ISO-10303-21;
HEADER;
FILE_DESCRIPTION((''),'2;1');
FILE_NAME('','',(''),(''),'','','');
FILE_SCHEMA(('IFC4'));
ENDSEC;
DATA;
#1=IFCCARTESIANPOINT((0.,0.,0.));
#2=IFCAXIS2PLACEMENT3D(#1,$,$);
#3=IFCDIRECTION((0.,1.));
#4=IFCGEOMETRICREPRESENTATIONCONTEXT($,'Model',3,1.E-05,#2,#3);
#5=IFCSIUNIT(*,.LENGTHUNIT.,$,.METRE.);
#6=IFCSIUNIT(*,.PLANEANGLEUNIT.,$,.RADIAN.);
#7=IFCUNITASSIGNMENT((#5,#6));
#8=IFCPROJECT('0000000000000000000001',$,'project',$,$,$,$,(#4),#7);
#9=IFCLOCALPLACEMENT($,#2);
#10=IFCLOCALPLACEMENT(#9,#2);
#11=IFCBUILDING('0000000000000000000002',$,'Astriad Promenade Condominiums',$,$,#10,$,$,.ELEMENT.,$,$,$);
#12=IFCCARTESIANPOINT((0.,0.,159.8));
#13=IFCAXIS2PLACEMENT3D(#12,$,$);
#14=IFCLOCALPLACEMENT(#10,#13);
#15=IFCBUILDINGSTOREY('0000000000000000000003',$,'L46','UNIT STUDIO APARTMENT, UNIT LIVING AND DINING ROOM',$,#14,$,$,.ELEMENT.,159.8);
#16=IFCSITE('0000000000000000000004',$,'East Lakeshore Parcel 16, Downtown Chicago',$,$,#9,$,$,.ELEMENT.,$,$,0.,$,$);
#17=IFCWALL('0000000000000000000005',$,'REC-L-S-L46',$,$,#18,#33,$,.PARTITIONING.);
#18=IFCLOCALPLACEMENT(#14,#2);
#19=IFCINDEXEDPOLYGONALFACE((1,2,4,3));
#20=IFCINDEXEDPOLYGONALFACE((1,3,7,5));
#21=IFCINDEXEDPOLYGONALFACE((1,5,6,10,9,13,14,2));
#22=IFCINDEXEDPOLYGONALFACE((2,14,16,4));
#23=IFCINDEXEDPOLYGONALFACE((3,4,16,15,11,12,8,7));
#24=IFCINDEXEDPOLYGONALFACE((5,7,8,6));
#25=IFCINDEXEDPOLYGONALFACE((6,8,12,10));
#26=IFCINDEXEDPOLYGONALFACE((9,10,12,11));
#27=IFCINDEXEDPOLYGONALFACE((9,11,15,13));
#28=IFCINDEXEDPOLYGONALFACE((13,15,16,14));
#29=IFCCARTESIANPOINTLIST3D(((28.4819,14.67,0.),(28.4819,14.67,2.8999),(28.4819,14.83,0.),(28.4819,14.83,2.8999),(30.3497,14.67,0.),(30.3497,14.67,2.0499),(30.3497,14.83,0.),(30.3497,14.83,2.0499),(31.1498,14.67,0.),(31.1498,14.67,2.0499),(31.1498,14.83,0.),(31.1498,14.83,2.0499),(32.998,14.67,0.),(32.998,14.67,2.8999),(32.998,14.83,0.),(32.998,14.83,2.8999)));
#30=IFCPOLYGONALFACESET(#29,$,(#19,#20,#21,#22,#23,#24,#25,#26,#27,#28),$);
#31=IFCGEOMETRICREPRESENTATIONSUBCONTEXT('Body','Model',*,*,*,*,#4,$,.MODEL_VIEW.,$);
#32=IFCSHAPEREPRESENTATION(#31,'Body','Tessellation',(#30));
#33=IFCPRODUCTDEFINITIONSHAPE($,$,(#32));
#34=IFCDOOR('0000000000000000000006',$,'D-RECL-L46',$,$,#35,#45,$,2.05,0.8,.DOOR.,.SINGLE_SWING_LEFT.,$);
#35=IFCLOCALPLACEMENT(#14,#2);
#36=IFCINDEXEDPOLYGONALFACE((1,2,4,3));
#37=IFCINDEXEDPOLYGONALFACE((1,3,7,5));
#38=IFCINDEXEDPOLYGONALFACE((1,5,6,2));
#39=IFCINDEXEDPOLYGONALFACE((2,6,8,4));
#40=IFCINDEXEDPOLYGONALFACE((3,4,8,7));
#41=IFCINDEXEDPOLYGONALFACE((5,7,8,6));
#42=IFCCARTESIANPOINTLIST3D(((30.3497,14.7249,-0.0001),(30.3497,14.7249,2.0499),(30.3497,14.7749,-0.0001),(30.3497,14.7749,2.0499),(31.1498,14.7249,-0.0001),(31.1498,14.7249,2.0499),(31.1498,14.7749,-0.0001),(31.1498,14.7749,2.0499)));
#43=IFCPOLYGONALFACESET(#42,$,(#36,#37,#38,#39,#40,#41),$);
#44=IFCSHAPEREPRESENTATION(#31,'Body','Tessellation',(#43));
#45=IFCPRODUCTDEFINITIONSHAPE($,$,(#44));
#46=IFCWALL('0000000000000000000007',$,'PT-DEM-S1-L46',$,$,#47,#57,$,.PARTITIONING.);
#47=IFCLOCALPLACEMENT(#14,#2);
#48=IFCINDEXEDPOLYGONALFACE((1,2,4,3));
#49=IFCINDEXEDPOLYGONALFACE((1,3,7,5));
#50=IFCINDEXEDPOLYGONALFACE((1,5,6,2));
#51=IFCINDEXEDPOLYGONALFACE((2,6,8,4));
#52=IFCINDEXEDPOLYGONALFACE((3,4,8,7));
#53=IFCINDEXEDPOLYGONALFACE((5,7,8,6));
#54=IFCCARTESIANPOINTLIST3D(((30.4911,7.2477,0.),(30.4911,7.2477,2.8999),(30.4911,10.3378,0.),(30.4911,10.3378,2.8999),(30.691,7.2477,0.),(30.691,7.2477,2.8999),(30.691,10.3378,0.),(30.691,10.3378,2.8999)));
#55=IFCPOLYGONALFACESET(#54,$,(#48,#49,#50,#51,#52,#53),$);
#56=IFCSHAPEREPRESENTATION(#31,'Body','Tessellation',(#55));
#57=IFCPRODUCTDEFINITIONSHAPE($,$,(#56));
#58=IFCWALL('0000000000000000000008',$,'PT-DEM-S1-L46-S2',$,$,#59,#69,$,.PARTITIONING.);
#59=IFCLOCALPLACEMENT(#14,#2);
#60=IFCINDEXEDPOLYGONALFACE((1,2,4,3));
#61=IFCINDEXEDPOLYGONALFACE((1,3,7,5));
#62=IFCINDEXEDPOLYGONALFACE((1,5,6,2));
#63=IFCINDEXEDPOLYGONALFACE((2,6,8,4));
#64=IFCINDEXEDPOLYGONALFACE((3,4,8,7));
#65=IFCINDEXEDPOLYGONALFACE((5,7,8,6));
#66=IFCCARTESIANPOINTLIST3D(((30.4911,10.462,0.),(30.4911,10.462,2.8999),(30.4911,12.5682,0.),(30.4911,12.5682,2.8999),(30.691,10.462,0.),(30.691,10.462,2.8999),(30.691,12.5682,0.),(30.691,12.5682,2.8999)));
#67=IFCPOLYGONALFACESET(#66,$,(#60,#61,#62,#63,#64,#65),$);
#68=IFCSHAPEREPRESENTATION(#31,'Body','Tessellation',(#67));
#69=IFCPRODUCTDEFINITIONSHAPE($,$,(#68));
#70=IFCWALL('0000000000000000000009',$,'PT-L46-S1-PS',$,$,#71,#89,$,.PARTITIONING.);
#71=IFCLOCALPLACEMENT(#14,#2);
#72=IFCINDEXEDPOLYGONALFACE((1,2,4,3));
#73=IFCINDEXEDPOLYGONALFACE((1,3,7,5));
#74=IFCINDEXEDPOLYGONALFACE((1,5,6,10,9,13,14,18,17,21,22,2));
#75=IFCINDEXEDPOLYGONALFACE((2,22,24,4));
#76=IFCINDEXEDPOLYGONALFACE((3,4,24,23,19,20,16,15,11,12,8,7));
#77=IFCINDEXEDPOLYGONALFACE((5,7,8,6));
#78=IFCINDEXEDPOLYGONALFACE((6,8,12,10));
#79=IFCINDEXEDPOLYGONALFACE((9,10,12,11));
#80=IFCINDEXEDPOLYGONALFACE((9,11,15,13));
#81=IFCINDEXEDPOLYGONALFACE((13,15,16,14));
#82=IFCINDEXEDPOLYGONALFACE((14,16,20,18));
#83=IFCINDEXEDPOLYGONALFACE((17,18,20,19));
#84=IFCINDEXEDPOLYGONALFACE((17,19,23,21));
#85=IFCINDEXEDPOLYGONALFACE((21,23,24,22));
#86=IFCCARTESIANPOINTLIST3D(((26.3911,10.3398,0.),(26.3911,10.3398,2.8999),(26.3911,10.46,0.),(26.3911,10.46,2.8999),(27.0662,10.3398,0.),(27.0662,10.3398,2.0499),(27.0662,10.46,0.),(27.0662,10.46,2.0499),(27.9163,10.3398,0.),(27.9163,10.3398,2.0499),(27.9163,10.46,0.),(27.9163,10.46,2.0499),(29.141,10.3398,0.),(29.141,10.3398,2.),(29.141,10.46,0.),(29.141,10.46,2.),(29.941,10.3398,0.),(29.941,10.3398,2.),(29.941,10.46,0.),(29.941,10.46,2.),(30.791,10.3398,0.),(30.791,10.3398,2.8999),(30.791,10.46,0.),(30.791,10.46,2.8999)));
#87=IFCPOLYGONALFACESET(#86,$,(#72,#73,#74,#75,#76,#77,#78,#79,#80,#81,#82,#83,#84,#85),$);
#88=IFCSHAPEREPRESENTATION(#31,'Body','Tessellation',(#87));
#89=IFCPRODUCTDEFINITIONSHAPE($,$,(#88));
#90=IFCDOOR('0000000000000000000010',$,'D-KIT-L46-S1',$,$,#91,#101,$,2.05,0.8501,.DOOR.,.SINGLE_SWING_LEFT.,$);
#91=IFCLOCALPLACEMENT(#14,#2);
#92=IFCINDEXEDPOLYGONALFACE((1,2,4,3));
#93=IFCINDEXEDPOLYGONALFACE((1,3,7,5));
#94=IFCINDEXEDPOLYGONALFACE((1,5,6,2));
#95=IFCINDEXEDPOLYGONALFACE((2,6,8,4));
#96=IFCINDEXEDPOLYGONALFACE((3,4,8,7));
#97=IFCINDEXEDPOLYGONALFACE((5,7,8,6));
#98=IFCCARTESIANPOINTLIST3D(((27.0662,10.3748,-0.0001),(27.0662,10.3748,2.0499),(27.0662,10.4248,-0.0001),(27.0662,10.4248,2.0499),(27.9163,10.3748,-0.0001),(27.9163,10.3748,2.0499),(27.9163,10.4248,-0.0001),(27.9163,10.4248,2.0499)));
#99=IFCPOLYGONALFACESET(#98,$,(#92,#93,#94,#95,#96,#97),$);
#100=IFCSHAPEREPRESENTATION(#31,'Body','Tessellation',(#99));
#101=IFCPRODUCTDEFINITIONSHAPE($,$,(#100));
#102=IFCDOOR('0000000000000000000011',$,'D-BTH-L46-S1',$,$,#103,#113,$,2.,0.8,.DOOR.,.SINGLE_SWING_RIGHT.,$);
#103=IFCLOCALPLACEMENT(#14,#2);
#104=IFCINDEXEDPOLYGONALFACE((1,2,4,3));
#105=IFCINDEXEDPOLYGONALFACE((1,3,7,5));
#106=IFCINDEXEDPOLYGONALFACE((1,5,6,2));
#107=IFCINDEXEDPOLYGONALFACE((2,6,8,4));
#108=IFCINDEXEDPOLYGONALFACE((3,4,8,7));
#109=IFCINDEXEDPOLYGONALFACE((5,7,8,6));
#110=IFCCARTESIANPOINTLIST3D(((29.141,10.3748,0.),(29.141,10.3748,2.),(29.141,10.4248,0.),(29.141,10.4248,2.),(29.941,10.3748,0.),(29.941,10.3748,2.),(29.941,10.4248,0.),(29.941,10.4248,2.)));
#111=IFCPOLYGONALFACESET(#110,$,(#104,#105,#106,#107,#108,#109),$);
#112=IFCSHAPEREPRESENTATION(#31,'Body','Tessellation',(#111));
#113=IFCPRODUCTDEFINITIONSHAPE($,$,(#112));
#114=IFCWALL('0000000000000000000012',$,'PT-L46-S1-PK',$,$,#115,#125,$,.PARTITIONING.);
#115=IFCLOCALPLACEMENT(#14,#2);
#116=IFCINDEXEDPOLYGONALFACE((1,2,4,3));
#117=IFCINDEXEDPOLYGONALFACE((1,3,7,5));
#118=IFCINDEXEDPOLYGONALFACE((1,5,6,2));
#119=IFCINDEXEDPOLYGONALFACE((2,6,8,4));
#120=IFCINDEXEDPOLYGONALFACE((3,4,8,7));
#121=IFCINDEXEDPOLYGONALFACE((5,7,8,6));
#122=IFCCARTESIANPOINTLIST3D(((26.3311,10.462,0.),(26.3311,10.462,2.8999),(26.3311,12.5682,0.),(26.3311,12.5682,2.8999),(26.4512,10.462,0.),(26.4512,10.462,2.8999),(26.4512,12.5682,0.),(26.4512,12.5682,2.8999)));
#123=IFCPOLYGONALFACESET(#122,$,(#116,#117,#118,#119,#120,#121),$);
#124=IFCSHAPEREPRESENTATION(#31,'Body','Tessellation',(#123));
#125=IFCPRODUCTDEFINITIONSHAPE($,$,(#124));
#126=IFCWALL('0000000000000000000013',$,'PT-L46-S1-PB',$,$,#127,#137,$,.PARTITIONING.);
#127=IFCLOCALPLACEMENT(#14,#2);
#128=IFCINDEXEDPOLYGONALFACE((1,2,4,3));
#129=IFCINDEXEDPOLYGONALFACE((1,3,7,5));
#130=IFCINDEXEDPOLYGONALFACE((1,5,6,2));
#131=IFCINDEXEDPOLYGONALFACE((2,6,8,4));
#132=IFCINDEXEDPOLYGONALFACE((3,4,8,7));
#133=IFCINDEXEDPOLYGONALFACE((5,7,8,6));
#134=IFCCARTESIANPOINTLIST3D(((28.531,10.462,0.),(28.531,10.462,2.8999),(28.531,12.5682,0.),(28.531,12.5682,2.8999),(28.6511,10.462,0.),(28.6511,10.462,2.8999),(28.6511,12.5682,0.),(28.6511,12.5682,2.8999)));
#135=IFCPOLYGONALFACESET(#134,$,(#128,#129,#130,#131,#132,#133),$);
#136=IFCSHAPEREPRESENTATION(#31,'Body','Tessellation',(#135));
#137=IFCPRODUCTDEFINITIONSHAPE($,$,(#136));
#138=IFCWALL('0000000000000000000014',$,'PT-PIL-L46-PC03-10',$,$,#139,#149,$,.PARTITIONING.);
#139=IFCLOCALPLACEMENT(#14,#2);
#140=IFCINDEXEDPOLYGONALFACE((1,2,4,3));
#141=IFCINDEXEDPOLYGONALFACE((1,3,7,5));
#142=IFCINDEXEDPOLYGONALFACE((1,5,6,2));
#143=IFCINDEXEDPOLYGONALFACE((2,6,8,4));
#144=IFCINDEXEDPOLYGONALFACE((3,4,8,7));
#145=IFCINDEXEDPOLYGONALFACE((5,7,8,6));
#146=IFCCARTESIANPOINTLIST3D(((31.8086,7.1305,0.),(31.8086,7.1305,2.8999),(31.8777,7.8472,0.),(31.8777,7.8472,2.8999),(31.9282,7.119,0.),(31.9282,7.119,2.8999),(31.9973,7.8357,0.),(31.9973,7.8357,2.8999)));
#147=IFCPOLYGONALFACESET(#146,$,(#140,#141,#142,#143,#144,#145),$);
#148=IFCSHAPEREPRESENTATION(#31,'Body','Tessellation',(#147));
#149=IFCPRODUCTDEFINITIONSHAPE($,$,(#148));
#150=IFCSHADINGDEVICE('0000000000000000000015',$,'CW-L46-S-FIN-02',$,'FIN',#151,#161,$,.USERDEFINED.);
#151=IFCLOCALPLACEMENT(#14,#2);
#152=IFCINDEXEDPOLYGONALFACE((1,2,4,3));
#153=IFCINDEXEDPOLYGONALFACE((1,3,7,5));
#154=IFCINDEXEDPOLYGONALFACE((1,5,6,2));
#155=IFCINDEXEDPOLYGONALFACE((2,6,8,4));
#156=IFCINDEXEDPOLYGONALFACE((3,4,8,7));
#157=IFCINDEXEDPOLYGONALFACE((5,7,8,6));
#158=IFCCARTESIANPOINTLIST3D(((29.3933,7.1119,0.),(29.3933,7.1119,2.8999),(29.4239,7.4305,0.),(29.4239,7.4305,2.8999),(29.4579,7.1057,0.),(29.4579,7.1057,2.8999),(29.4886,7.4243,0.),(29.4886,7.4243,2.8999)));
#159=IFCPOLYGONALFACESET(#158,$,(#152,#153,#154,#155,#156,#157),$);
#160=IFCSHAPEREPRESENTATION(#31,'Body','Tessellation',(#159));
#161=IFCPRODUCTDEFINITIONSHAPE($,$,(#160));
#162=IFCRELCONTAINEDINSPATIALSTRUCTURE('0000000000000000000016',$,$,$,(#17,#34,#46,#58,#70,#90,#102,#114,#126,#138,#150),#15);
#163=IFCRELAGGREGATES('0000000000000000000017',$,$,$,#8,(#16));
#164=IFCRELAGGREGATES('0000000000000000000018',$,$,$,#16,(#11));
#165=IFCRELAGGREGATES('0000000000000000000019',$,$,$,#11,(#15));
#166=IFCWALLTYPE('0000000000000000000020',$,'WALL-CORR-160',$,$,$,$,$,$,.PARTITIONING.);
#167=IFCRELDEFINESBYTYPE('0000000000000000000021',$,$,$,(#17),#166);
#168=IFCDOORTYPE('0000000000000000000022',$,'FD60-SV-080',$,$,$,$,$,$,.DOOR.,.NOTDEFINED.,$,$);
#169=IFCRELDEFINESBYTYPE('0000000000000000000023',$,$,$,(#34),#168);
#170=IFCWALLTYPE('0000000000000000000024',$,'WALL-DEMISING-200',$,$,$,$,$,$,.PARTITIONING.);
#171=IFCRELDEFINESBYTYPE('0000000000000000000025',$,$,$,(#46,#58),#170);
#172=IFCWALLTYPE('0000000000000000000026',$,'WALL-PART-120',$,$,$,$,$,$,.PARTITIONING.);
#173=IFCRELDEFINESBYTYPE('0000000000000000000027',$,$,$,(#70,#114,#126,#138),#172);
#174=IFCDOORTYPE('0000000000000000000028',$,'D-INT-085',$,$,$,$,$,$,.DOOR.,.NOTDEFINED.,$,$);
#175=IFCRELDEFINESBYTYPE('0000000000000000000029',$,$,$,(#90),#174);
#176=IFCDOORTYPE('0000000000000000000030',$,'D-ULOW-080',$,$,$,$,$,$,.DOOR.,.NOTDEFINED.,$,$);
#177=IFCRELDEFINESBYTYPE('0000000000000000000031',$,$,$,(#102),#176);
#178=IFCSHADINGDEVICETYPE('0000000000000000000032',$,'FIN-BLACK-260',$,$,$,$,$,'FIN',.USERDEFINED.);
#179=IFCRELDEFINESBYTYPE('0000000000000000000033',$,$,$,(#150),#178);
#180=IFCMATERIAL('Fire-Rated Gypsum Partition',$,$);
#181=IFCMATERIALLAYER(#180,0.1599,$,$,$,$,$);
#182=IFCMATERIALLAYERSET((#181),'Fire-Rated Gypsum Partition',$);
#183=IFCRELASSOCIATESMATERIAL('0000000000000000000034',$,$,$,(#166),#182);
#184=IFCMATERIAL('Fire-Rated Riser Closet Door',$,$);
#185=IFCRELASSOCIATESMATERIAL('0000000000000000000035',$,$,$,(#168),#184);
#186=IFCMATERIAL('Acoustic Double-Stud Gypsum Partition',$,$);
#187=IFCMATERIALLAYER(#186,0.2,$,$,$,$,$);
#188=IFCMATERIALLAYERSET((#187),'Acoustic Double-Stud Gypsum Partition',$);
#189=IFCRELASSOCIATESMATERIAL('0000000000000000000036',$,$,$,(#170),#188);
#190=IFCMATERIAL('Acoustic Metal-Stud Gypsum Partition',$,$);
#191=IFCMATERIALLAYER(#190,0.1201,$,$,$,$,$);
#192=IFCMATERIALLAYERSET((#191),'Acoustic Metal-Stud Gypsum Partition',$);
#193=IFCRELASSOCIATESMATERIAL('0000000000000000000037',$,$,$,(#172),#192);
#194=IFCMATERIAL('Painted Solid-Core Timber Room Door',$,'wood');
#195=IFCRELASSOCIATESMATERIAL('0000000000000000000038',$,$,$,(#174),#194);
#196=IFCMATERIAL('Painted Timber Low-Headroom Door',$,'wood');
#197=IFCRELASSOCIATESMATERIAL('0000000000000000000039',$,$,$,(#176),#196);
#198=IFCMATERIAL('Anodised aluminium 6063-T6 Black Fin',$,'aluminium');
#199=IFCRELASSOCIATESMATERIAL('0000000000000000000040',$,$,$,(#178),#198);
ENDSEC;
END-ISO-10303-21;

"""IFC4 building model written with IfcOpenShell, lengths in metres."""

from ifc_helpers import new_model, si_unit, direction, frame, frame_2d, origin, origin_2d, place, context, subcontext, project, spatial, rectangle, extrude, source, transform, mapped, material, layer, layer_set, type_object, type_shapes, element, fill, save


model = new_model("IFC4")

# Units and contexts
model_context = context("Model", 3, precision=1e-05, world=origin(), true_north=direction((0.0, 1.0)))
body_context = subcontext(model_context, "Body", "Model", "MODEL_VIEW")
ifc_project = project(units=[si_unit("LENGTHUNIT", "METRE"), si_unit("PLANEANGLEUNIT", "RADIAN")], contexts=[model_context])

# Site, building, storey
site_placement = place(None, origin())
site = spatial("IfcSite", under=ifc_project, at=site_placement, Name="East Lakeshore Parcel 16, Downtown Chicago", CompositionType="ELEMENT", RefElevation=0.0)
building_placement = place(site_placement, origin())
building = spatial("IfcBuilding", under=site, at=building_placement, Name="Astriad Promenade Condominiums", CompositionType="ELEMENT")
storey_placement = place(building_placement, frame((0.0, 0.0, 159.8)))
storey = spatial("IfcBuildingStorey", under=building, at=storey_placement, Name="L46", Description="UNIT STUDIO APARTMENT, UNIT LIVING AND DINING ROOM", CompositionType="ELEMENT", Elevation=159.8)

# Shared definitions
ifc_material_1 = material(Name="Fire-Rated Gypsum Partition")
ifc_layer_1 = layer(ifc_material_1, 0.1599)
ifc_layer_set_1 = layer_set([ifc_layer_1], Name="Fire-Rated Gypsum Partition")
wall_type_1 = type_object("IfcWallType", Name="WALL-CORR-160", PredefinedType="PARTITIONING", material=ifc_layer_set_1)

# Wall, opening, door
wall_1_placement = place(storey_placement, frame((28.4819, 14.75, 0.0), z_axis=(0.0, 0.0, 1.0), x_axis=(1.0, 0.0, 0.0)))
wall_1 = element("IfcWall", 1, at=wall_1_placement, inside=storey, type_object=wall_type_1, Name="REC-L-S-L46", PredefinedType="PARTITIONING", context=body_context, shape_type="SweptSolid", body=[
    extrude(rectangle(XDim=4.5161, YDim=0.1599, at=frame_2d((2.2581, 0.0))), origin(), (0.0, 0.0, 1.0), 2.8999),
])
opening_1_placement = place(wall_1_placement, frame((1.8679, 0.0, 0.0)))
opening_1 = element("IfcOpeningElement", 2, at=opening_1_placement, cuts=wall_1, PredefinedType="OPENING", context=body_context, shape_type="SweptSolid", body=[
    extrude(rectangle(XDim=0.8, YDim=2.05, at=frame_2d((0.3999, 1.0249))), frame((0.0, 0.0898, 0.0), z_axis=(0.0, -1.0, 0.0), x_axis=(1.0, 0.0, 0.0)), (0.0, 0.0, 1.0), 0.1799),
])
ifc_material_2 = material(Name="Fire-Rated Riser Closet Door")
door_type_1 = type_object("IfcDoorType", Name="FD60-SV-080", OperationType="NOTDEFINED", PredefinedType="DOOR", material=ifc_material_2)
shared_shape_1 = source(origin(), body_context, "Body", "SweptSolid", [
    extrude(rectangle(XDim=0.8, YDim=2.05, at=frame_2d((0.3999, 1.0249))), frame((0.0, 0.0249, 0.0), z_axis=(0.0, -1.0, 0.0), x_axis=(1.0, 0.0, 0.0)), (0.0, 0.0, 1.0), 0.05),
])
type_shapes(door_type_1, [shared_shape_1])
door_1_placement = place(opening_1_placement, origin())
door_1 = element("IfcDoor", 3, at=door_1_placement, inside=storey, type_object=door_type_1, Name="D-RECL-L46", OperationType="SINGLE_SWING_LEFT", OverallHeight=2.05, OverallWidth=0.8, PredefinedType="DOOR", context=body_context, shape_type="MappedRepresentation", body=[
    mapped(shared_shape_1, transform((0.0, 0.0, 0.0), scale=1.0)),
])
fill(opening_1, door_1)

# Walls
ifc_material_3 = material(Name="Acoustic Double-Stud Gypsum Partition")
ifc_layer_2 = layer(ifc_material_3, 0.2)
ifc_layer_set_2 = layer_set([ifc_layer_2], Name="Acoustic Double-Stud Gypsum Partition")
wall_type_2 = type_object("IfcWallType", Name="WALL-DEMISING-200", PredefinedType="PARTITIONING", material=ifc_layer_set_2)
wall_2_placement = place(storey_placement, frame((30.5911, 7.2478, 0.0), z_axis=(0.0, 0.0, 1.0), x_axis=(0.0, 1.0, 0.0)))
element("IfcWall", 4, at=wall_2_placement, inside=storey, type_object=wall_type_2, Name="PT-DEM-S1-L46", PredefinedType="PARTITIONING", context=body_context, shape_type="SweptSolid", body=[
    extrude(rectangle(XDim=3.0901, YDim=0.2, at=frame_2d((1.5449, 0.0))), origin(), (0.0, 0.0, 1.0), 2.8999),
])
wall_3_placement = place(storey_placement, frame((30.5911, 10.4619, 0.0), z_axis=(0.0, 0.0, 1.0), x_axis=(0.0, 1.0, 0.0)))
element("IfcWall", 5, at=wall_3_placement, inside=storey, type_object=wall_type_2, Name="PT-DEM-S1-L46-S2", PredefinedType="PARTITIONING", context=body_context, shape_type="SweptSolid", body=[
    extrude(rectangle(XDim=2.1062, YDim=0.2, at=frame_2d((1.0532, 0.0))), origin(), (0.0, 0.0, 1.0), 2.8999),
])

# Wall, openings, doors
ifc_material_4 = material(Name="Acoustic Metal-Stud Gypsum Partition")
ifc_layer_3 = layer(ifc_material_4, 0.1201)
ifc_layer_set_3 = layer_set([ifc_layer_3], Name="Acoustic Metal-Stud Gypsum Partition")
wall_type_3 = type_object("IfcWallType", Name="WALL-PART-120", PredefinedType="PARTITIONING", material=ifc_layer_set_3)
wall_4_placement = place(storey_placement, frame((26.3911, 10.3999, 0.0), z_axis=(0.0, 0.0, 1.0), x_axis=(1.0, 0.0, 0.0)))
wall_4 = element("IfcWall", 6, at=wall_4_placement, inside=storey, type_object=wall_type_3, Name="PT-L46-S1-PS", PredefinedType="PARTITIONING", context=body_context, shape_type="SweptSolid", body=[
    extrude(rectangle(XDim=4.3999, YDim=0.1201, at=frame_2d((2.2, 0.0))), origin(), (0.0, 0.0, 1.0), 2.8999),
])
opening_2_placement = place(wall_4_placement, frame((0.675, 0.0, 0.0)))
opening_2 = element("IfcOpeningElement", 7, at=opening_2_placement, cuts=wall_4, PredefinedType="OPENING", context=body_context, shape_type="SweptSolid", body=[
    extrude(rectangle(XDim=0.8501, YDim=2.05, at=frame_2d((0.425, 1.0249))), frame((0.0, 0.0701, 0.0), z_axis=(0.0, -1.0, 0.0), x_axis=(1.0, 0.0, 0.0)), (0.0, 0.0, 1.0), 0.1401),
])
opening_3_placement = place(wall_4_placement, frame((2.75, 0.0, 0.0)))
opening_3 = element("IfcOpeningElement", 8, at=opening_3_placement, cuts=wall_4, PredefinedType="OPENING", context=body_context, shape_type="SweptSolid", body=[
    extrude(rectangle(XDim=0.8, YDim=2.0, at=frame_2d((0.3999, 1.0))), frame((0.0, 0.0701, 0.0), z_axis=(0.0, -1.0, 0.0), x_axis=(1.0, 0.0, 0.0)), (0.0, 0.0, 1.0), 0.1401),
])
ifc_material_5 = material(Name="Painted Solid-Core Timber Room Door", Category="wood")
door_type_2 = type_object("IfcDoorType", Name="D-INT-085", OperationType="NOTDEFINED", PredefinedType="DOOR", material=ifc_material_5)
shared_shape_2 = source(origin(), body_context, "Body", "SweptSolid", [
    extrude(rectangle(XDim=0.8501, YDim=2.05, at=frame_2d((0.425, 1.0249))), frame((0.0, 0.0249, 0.0), z_axis=(0.0, -1.0, 0.0), x_axis=(1.0, 0.0, 0.0)), (0.0, 0.0, 1.0), 0.05),
])
type_shapes(door_type_2, [shared_shape_2])
door_2_placement = place(opening_2_placement, origin())
door_2 = element("IfcDoor", 9, at=door_2_placement, inside=storey, type_object=door_type_2, Name="D-KIT-L46-S1", OperationType="SINGLE_SWING_LEFT", OverallHeight=2.05, OverallWidth=0.8501, PredefinedType="DOOR", context=body_context, shape_type="MappedRepresentation", body=[
    mapped(shared_shape_2, transform((0.0, 0.0, 0.0), scale=1.0)),
])
fill(opening_2, door_2)
ifc_material_6 = material(Name="Painted Timber Low-Headroom Door", Category="wood")
door_type_3 = type_object("IfcDoorType", Name="D-ULOW-080", OperationType="NOTDEFINED", PredefinedType="DOOR", material=ifc_material_6)
shared_shape_3 = source(origin(), body_context, "Body", "SweptSolid", [
    extrude(rectangle(XDim=0.8, YDim=2.0, at=frame_2d((0.3999, 1.0))), frame((0.0, 0.0249, 0.0), z_axis=(0.0, -1.0, 0.0), x_axis=(1.0, 0.0, 0.0)), (0.0, 0.0, 1.0), 0.05),
])
type_shapes(door_type_3, [shared_shape_3])
door_3_placement = place(opening_3_placement, origin())
door_3 = element("IfcDoor", 10, at=door_3_placement, inside=storey, type_object=door_type_3, Name="D-BTH-L46-S1", OperationType="SINGLE_SWING_RIGHT", OverallHeight=2.0, OverallWidth=0.8, PredefinedType="DOOR", context=body_context, shape_type="MappedRepresentation", body=[
    mapped(shared_shape_3, transform((0.0, 0.0, 0.0), scale=1.0)),
])
fill(opening_3, door_3)

# Walls
for number, where, z_axis, x_axis, name in (
    (11, (26.3911, 10.4619, 0.0), (0.0, 0.0, 1.0), (0.0, 1.0, 0.0), "PT-L46-S1-PK"),
    (12, (28.5911, 10.4619, 0.0), (0.0, 0.0, 1.0), (0.0, 1.0, 0.0), "PT-L46-S1-PB"),
):
    element("IfcWall", number, at=place(storey_placement, frame(where, z_axis=z_axis, x_axis=x_axis)), inside=storey, type_object=wall_type_3, Name=name, PredefinedType="PARTITIONING", context=body_context, shape_type="SweptSolid", body=[
        extrude(rectangle(XDim=2.1062, YDim=0.1201, at=frame_2d((1.0532, 0.0))), origin(), (0.0, 0.0, 1.0), 2.8999),
    ])
wall_5_placement = place(storey_placement, frame((31.9375, 7.8413, 0.0), z_axis=(0.0, 0.0, 1.0), x_axis=(-0.095977, -0.995384, 0.0)))
element("IfcWall", 13, at=wall_5_placement, inside=storey, type_object=wall_type_3, Name="PT-PIL-L46-PC03-10", PredefinedType="PARTITIONING", context=body_context, shape_type="SweptSolid", body=[
    extrude(rectangle(XDim=0.72, YDim=0.1201, at=frame_2d((0.3599, 0.0))), origin(), (0.0, 0.0, 1.0), 2.8999),
])

# Shading device
ifc_material_7 = material(Name="Anodised aluminium 6063-T6 Black Fin", Category="aluminium")
shading_device_type = type_object("IfcShadingDeviceType", Name="FIN-BLACK-260", ElementType="FIN", PredefinedType="USERDEFINED", material=ifc_material_7)
shared_shape_4 = source(origin(), body_context, "Body", "SweptSolid", [
    extrude(rectangle(XDim=0.0649, YDim=0.3201, at=origin_2d()), origin(), (0.0, 0.0, 1.0), 2.8999),
])
type_shapes(shading_device_type, [shared_shape_4])
shading_device_placement = place(storey_placement, frame((29.4409, 7.2681, 0.0), z_axis=(0.0, 0.0, 1.0), x_axis=(-0.995396, 0.095846, 0.0)))
element("IfcShadingDevice", 14, at=shading_device_placement, inside=storey, type_object=shading_device_type, Name="CW-L46-S-FIN-02", ObjectType="FIN", PredefinedType="USERDEFINED", context=body_context, shape_type="MappedRepresentation", body=[
    mapped(shared_shape_4, transform((0.0, 0.0, 0.0), scale=1.0)),
])

save(model, "model.ifc")
